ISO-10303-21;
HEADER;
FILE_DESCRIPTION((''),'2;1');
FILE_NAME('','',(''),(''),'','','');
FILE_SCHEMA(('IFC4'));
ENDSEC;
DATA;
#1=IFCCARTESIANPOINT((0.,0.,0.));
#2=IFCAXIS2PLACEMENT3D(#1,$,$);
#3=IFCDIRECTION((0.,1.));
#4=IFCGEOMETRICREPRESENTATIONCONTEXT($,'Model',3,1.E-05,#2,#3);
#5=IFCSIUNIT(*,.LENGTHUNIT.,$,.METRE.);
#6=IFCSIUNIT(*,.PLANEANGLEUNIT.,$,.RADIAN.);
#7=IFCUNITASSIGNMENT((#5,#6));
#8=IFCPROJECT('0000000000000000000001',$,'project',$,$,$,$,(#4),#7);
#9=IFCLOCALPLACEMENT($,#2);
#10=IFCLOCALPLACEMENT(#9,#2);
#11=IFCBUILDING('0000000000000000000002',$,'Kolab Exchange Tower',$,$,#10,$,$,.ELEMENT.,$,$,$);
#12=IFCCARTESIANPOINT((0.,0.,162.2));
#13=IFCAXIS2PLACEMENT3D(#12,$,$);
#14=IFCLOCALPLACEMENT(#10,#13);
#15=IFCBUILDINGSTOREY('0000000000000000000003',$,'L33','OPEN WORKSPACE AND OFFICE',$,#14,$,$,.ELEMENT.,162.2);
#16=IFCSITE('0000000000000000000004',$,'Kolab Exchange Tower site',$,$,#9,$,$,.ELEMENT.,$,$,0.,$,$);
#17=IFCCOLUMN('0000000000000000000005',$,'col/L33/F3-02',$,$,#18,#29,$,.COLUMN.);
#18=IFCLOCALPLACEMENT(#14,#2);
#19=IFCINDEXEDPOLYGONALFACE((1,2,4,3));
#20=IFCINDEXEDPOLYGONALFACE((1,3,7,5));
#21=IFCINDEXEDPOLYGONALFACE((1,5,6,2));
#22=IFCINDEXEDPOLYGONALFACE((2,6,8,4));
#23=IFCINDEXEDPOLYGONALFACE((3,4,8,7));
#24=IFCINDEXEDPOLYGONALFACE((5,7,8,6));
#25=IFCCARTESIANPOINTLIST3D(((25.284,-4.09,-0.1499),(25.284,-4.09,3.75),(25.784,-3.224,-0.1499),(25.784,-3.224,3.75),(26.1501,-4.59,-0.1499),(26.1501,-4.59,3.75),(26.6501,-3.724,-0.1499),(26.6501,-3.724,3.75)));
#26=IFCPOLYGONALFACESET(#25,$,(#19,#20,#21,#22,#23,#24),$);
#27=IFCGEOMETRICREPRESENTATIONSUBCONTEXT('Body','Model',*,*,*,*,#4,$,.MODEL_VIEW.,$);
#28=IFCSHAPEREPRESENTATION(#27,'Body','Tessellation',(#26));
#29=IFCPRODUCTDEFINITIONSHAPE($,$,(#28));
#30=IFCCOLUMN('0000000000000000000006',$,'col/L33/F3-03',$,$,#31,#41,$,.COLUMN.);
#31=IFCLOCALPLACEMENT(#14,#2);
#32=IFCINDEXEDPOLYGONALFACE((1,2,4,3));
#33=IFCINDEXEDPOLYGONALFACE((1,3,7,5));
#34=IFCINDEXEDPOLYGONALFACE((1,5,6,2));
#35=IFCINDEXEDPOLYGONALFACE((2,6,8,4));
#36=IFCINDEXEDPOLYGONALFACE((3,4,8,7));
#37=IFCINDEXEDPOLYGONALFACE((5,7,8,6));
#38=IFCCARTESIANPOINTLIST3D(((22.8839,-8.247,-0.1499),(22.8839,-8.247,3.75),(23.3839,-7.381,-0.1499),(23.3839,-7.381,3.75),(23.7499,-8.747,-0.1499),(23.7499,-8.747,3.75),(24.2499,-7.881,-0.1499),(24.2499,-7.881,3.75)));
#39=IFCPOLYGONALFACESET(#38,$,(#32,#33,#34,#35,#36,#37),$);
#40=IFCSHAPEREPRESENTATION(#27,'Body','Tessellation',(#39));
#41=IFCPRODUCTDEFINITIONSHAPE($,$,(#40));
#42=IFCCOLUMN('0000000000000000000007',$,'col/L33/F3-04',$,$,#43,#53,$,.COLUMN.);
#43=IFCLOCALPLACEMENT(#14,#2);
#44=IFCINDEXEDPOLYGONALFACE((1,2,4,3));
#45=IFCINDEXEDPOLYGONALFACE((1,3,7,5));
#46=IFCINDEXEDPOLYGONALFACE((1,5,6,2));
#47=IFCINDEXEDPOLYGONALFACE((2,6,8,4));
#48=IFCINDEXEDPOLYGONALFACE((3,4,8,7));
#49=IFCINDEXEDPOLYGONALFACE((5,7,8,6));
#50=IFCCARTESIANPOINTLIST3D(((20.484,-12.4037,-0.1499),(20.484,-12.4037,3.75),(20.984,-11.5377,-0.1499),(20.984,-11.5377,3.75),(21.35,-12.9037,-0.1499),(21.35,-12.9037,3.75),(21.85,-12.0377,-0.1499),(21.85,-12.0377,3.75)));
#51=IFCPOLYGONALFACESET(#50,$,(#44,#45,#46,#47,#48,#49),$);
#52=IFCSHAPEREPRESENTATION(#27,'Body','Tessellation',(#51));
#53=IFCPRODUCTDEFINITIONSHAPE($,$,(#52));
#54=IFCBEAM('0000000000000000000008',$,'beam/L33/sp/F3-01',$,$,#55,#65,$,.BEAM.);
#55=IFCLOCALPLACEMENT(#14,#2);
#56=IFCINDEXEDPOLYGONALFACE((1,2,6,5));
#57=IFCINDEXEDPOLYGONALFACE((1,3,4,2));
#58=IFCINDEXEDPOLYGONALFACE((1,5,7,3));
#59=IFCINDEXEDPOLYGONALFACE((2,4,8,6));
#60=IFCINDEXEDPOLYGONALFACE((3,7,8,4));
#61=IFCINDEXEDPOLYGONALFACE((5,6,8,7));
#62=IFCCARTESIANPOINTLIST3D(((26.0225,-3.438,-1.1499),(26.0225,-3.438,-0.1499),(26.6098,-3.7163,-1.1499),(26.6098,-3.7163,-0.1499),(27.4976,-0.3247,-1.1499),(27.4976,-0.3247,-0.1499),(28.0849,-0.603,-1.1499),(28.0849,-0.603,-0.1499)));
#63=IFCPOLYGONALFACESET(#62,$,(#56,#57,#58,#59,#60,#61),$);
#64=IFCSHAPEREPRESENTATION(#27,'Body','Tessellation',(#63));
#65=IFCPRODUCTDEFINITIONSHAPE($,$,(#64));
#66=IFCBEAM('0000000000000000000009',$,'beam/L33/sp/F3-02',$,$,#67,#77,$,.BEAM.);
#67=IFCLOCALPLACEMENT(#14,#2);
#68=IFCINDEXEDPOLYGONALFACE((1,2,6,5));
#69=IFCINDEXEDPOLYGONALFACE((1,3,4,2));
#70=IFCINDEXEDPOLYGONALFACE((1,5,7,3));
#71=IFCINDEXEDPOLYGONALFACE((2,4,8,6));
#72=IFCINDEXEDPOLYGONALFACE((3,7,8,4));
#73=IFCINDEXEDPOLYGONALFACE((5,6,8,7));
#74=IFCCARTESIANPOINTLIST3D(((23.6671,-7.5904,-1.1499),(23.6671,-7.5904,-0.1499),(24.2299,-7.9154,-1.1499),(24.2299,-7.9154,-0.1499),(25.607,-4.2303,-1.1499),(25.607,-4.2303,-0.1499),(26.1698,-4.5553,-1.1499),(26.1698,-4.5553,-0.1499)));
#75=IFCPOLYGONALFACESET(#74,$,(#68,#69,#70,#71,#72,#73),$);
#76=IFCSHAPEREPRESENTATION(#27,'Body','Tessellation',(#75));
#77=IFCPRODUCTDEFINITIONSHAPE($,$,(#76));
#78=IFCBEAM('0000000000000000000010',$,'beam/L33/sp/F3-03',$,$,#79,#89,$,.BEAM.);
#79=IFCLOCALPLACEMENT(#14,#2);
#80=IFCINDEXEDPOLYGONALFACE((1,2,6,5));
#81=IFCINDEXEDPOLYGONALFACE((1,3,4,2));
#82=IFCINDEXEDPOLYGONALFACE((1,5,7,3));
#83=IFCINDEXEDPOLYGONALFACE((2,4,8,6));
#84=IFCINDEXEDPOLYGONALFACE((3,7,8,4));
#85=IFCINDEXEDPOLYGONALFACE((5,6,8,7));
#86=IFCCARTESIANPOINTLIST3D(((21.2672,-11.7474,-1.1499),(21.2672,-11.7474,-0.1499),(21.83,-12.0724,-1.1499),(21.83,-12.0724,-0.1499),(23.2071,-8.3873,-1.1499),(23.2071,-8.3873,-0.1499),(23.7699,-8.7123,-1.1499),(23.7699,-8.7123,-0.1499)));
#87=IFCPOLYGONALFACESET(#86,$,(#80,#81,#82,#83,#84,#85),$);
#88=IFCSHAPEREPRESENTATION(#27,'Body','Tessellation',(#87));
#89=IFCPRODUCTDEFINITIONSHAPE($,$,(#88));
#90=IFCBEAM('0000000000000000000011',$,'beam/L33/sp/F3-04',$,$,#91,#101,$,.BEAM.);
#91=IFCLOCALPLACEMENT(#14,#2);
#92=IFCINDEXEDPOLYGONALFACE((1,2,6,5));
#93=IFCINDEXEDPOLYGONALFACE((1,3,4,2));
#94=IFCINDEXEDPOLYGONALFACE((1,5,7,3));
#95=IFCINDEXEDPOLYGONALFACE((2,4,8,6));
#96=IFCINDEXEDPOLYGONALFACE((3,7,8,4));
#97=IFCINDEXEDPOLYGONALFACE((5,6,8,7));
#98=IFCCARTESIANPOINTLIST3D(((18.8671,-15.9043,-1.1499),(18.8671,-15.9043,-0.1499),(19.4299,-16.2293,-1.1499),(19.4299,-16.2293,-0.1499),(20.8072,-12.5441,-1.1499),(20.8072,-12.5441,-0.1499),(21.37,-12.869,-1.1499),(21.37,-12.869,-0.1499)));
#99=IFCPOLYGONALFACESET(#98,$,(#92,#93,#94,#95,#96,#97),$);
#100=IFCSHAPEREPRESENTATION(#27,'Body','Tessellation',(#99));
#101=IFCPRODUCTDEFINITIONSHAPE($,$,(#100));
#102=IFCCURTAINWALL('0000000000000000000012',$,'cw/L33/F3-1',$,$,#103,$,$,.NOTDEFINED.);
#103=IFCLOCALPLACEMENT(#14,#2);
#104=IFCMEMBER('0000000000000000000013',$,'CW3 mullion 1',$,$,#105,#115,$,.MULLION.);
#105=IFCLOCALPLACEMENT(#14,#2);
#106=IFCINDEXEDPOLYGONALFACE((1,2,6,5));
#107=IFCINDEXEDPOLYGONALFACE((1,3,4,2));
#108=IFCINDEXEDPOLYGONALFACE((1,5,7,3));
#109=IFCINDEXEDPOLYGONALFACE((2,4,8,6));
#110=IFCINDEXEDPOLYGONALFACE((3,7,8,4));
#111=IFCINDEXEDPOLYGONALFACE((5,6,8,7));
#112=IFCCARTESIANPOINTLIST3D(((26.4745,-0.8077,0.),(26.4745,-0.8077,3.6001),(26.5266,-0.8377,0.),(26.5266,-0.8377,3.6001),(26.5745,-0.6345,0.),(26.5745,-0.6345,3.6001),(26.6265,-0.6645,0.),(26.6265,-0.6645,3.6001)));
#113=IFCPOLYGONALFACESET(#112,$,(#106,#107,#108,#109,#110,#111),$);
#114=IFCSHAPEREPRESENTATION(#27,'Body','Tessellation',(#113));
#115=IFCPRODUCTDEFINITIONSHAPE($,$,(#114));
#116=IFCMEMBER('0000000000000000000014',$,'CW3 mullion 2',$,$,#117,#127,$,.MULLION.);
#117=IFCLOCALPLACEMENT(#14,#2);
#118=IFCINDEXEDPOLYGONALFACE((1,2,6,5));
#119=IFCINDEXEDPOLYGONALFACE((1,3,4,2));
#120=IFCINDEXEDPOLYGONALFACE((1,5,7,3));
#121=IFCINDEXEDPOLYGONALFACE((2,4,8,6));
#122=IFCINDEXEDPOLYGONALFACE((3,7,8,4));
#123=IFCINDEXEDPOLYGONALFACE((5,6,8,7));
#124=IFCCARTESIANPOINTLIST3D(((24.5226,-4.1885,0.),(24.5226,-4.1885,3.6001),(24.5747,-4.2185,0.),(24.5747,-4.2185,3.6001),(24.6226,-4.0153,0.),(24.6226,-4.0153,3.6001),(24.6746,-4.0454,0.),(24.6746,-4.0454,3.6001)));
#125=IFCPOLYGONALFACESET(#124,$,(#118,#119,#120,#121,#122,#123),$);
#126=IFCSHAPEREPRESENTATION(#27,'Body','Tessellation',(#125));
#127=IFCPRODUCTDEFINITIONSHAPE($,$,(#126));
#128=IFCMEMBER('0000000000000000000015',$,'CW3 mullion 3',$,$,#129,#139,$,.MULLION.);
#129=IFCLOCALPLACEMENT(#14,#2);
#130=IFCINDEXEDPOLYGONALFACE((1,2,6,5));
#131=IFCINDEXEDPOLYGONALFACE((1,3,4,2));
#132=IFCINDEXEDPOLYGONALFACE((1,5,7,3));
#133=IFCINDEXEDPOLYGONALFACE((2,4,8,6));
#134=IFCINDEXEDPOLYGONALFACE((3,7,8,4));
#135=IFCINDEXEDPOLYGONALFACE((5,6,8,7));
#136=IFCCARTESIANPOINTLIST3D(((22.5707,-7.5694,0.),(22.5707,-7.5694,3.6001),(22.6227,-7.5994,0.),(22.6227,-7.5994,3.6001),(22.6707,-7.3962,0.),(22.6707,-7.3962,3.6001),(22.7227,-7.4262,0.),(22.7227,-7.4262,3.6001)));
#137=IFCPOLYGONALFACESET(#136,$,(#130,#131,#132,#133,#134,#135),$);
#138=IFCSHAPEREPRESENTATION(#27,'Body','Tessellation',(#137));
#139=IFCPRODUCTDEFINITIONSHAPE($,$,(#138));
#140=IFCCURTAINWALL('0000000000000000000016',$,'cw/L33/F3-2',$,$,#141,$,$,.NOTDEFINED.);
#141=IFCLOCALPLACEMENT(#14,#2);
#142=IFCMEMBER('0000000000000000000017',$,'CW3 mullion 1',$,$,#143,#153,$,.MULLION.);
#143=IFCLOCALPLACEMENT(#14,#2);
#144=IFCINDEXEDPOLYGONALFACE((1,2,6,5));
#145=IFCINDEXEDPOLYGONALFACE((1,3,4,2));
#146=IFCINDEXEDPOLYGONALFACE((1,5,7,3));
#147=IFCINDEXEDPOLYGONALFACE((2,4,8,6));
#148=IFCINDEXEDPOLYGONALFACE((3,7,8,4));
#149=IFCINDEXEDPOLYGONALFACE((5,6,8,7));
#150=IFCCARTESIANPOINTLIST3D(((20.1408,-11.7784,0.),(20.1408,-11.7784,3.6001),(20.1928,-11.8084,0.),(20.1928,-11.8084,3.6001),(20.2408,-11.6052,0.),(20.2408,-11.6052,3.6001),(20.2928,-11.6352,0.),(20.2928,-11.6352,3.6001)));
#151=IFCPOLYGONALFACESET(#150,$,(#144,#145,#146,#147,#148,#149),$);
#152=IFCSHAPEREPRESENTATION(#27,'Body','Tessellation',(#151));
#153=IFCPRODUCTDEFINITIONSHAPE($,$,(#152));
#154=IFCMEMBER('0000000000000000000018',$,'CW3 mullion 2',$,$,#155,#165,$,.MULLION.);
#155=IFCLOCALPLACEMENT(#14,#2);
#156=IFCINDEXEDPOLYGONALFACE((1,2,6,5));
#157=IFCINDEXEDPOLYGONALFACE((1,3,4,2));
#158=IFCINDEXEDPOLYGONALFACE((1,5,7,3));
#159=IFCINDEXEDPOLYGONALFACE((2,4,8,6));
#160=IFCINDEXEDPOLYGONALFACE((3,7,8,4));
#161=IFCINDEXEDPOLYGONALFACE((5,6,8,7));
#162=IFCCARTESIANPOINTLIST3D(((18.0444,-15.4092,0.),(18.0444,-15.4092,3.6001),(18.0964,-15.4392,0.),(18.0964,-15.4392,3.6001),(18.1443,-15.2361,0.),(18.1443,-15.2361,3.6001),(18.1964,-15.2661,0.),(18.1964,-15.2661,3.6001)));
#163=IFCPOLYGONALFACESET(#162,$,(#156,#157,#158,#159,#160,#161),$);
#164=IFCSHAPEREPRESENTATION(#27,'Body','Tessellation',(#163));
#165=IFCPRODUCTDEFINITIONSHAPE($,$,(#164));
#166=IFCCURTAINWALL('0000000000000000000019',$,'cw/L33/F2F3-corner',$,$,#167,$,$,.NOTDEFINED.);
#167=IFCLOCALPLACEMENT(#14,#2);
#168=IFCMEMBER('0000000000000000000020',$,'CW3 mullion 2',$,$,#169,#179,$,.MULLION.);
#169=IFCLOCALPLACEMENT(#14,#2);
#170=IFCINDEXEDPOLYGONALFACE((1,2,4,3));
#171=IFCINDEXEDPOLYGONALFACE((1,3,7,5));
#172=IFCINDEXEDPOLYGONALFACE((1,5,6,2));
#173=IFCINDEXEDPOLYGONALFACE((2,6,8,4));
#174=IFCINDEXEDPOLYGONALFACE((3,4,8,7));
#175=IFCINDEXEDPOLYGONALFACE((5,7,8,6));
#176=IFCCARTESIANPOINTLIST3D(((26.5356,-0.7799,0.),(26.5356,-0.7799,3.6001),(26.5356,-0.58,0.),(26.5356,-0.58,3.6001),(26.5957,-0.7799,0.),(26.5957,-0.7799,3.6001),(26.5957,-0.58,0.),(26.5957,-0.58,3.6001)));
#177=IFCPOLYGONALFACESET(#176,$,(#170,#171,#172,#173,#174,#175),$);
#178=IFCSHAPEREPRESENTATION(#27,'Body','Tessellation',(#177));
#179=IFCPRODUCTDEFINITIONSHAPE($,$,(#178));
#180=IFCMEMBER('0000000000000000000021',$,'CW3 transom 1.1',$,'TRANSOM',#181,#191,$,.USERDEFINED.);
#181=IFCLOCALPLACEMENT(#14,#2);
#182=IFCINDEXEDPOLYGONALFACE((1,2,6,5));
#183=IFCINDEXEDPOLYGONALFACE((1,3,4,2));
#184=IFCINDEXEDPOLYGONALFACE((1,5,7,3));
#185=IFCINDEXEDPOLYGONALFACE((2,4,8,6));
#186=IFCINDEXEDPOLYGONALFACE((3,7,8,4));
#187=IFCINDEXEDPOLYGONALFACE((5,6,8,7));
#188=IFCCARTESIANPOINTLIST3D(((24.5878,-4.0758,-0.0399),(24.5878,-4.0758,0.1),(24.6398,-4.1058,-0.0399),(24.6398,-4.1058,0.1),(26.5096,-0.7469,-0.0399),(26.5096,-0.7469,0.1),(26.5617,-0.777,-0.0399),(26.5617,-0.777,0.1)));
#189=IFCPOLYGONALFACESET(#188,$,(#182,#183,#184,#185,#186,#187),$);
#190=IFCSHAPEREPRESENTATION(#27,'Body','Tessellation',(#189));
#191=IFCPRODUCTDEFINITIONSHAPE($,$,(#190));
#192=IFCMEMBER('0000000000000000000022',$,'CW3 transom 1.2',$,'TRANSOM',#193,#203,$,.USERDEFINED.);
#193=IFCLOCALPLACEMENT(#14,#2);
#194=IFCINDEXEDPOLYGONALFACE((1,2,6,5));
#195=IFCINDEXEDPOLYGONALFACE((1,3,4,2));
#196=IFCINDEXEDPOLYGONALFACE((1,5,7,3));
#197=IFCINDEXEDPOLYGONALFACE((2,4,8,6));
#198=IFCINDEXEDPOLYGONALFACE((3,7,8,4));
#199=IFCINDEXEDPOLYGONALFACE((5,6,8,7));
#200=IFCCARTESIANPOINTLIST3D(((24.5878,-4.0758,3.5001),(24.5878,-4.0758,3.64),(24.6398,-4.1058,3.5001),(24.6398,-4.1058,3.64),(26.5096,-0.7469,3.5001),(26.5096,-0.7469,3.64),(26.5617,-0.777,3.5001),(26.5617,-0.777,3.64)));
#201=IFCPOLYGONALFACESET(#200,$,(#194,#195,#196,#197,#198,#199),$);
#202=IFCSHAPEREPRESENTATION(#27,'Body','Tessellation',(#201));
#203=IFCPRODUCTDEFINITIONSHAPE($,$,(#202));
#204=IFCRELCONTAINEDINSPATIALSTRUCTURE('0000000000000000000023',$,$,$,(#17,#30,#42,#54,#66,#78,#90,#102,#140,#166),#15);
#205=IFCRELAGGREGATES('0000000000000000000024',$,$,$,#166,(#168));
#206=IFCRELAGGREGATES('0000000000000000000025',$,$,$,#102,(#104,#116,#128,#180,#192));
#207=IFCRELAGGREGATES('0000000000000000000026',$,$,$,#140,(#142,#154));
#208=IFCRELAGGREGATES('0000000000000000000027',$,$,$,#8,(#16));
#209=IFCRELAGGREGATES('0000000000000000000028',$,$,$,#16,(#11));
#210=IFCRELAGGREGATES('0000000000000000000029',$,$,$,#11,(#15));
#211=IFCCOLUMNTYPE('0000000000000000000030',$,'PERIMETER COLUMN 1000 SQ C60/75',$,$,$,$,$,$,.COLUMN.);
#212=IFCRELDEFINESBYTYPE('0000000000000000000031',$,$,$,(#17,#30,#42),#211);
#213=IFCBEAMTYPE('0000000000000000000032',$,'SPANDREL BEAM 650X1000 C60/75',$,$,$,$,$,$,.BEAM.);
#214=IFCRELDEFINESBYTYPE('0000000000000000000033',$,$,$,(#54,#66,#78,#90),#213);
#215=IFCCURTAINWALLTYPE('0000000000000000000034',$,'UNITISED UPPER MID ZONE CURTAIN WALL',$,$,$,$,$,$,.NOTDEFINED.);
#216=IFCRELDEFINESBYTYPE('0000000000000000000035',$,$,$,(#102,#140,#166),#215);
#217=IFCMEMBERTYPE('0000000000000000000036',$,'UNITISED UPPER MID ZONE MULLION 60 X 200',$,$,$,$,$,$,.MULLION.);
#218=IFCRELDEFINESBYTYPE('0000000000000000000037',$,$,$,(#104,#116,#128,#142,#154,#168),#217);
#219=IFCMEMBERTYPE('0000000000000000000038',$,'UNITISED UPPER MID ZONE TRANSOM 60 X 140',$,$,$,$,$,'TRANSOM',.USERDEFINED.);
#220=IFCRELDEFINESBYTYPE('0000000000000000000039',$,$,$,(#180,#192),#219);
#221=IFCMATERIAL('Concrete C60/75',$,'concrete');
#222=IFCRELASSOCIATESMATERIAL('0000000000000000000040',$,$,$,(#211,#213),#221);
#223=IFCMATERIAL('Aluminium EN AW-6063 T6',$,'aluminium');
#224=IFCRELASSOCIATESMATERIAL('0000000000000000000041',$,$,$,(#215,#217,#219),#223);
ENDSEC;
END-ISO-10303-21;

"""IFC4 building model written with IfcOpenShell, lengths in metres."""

from ifc_helpers import new_model, si_unit, direction, frame, origin, origin_2d, place, context, subcontext, project, spatial, rectangle, extrude, material, material_profile, profile_set, type_object, element, aggregate, save


model = new_model("IFC4")

# Units and contexts
model_context = context("Model", 3, precision=1e-05, world=origin(), true_north=direction((0.0, 1.0)))
body_context = subcontext(model_context, "Body", "Model", "MODEL_VIEW")
ifc_project = project(units=[si_unit("LENGTHUNIT", "METRE"), si_unit("PLANEANGLEUNIT", "RADIAN")], contexts=[model_context])

# Site, building, storey
site_placement = place(None, origin())
site = spatial("IfcSite", under=ifc_project, at=site_placement, Name="Kolab Exchange Tower site", CompositionType="ELEMENT", RefElevation=0.0)
building_placement = place(site_placement, origin())
building = spatial("IfcBuilding", under=site, at=building_placement, Name="Kolab Exchange Tower", CompositionType="ELEMENT")
storey_placement = place(building_placement, frame((0.0, 0.0, 162.2)))
storey = spatial("IfcBuildingStorey", under=building, at=storey_placement, Name="L33", Description="OPEN WORKSPACE AND OFFICE", CompositionType="ELEMENT", Elevation=162.2)

# Columns
ifc_material_1 = material(Name="Concrete C60/75", Category="concrete")
ifc_material_profile_1 = material_profile(ifc_material_1, rectangle(XDim=1.0, YDim=1.0, at=origin_2d()), Name="RC1000")
ifc_profile_set_1 = profile_set([ifc_material_profile_1], Name="Concrete C60/75")
column_type = type_object("IfcColumnType", Name="PERIMETER COLUMN 1000 SQ C60/75", PredefinedType="COLUMN", material=ifc_profile_set_1)
for number, where, z_axis, x_axis, name in (
    (1, (25.967, -3.907, -0.1499), (0.0, 0.0, 1.0), (0.5, 0.866025, 0.0), "col/L33/F3-02"),
    (2, (23.5669, -8.064, -0.1499), (0.0, 0.0, 1.0), (0.5, 0.866025, 0.0), "col/L33/F3-03"),
    (3, (21.167, -12.2207, -0.1499), (0.0, 0.0, 1.0), (0.5, 0.866025, 0.0), "col/L33/F3-04"),
):
    element("IfcColumn", number, at=place(storey_placement, frame(where, z_axis=z_axis, x_axis=x_axis)), inside=storey, type_object=column_type, Name=name, PredefinedType="COLUMN", context=body_context, shape_type="SweptSolid", body=[
        extrude(rectangle(XDim=1.0, YDim=1.0, at=origin_2d()), origin(), (0.0, 0.0, 1.0), 3.8999),
    ])

# Beams
ifc_material_profile_2 = material_profile(ifc_material_1, rectangle(XDim=0.6499, YDim=1.0, at=origin_2d()), Name="RC650X1000")
ifc_profile_set_2 = profile_set([ifc_material_profile_2], Name="Concrete C60/75")
beam_type = type_object("IfcBeamType", Name="SPANDREL BEAM 650X1000 C60/75", PredefinedType="BEAM", material=ifc_profile_set_2)
beam_1_placement = place(storey_placement, frame((27.7913, -0.4639, -0.6499), z_axis=(-0.428178, -0.903695, 0.0), x_axis=(0.903695, -0.428178, 0.0)))
element("IfcBeam", 4, at=beam_1_placement, inside=storey, type_object=beam_type, Name="beam/L33/sp/F3-01", PredefinedType="BEAM", context=body_context, shape_type="SweptSolid", body=[
    extrude(rectangle(XDim=0.6499, YDim=1.0, at=origin_2d()), origin(), (0.0, 0.0, 1.0), 3.4451),
])
for number, where, z_axis, x_axis, name in (
    (5, (25.8884, -4.3928, -0.6499), (-0.499997, -0.866027, 0.0), (0.866027, -0.499997, 0.0), "beam/L33/sp/F3-02"),
    (6, (23.4885, -8.5498, -0.6499), (-0.499997, -0.866027, 0.0), (0.866027, -0.499997, 0.0), "beam/L33/sp/F3-03"),
):
    element("IfcBeam", number, at=place(storey_placement, frame(where, z_axis=z_axis, x_axis=x_axis)), inside=storey, type_object=beam_type, Name=name, PredefinedType="BEAM", context=body_context, shape_type="SweptSolid", body=[
        extrude(rectangle(XDim=0.6499, YDim=1.0, at=origin_2d()), origin(), (0.0, 0.0, 1.0), 3.8799),
    ])
beam_2_placement = place(storey_placement, frame((21.0886, -12.7065, -0.6499), z_axis=(-0.500017, -0.866016, 0.0), x_axis=(0.866016, -0.500017, 0.0)))
element("IfcBeam", 7, at=beam_2_placement, inside=storey, type_object=beam_type, Name="beam/L33/sp/F3-04", PredefinedType="BEAM", context=body_context, shape_type="SweptSolid", body=[
    extrude(rectangle(XDim=0.6499, YDim=1.0, at=origin_2d()), origin(), (0.0, 0.0, 1.0), 3.8801),
])

# Curtain walls, members
ifc_material_2 = material(Name="Aluminium EN AW-6063 T6", Category="aluminium")
curtain_wall_type = type_object("IfcCurtainWallType", Name="UNITISED UPPER MID ZONE CURTAIN WALL", PredefinedType="NOTDEFINED", material=ifc_material_2)
curtain_wall_1_placement = place(storey_placement, origin())
curtain_wall_1 = element("IfcCurtainWall", 8, at=curtain_wall_1_placement, inside=storey, type_object=curtain_wall_type, Name="cw/L33/F3-1", PredefinedType="NOTDEFINED")
ifc_material_profile_3 = material_profile(ifc_material_2, rectangle(XDim=0.0601, YDim=0.2, at=origin_2d()), Name="RECT 60X200")
ifc_profile_set_3 = profile_set([ifc_material_profile_3], Name="Aluminium EN AW-6063 T6")
member_type_1 = type_object("IfcMemberType", Name="UNITISED UPPER MID ZONE MULLION 60 X 200", PredefinedType="MULLION", material=ifc_profile_set_3)
member_1_placement = place(storey_placement, frame((26.5505, -0.7361, 0.0), z_axis=(0.0, 0.0, 1.0), x_axis=(0.866025, -0.5, 0.0)))
member_1 = element("IfcMember", 9, at=member_1_placement, type_object=member_type_1, Name="CW3 mullion 1", PredefinedType="MULLION", context=body_context, shape_type="SweptSolid", body=[
    extrude(rectangle(XDim=0.0601, YDim=0.2, at=origin_2d()), origin(), (0.0, 0.0, 1.0), 3.6001),
])
member_2_placement = place(storey_placement, frame((24.5986, -4.1169, 0.0), z_axis=(0.0, 0.0, 1.0), x_axis=(0.866025, -0.5, 0.0)))
member_2 = element("IfcMember", 10, at=member_2_placement, type_object=member_type_1, Name="CW3 mullion 2", PredefinedType="MULLION", context=body_context, shape_type="SweptSolid", body=[
    extrude(rectangle(XDim=0.0601, YDim=0.2, at=origin_2d()), origin(), (0.0, 0.0, 1.0), 3.6001),
])
member_3_placement = place(storey_placement, frame((22.6467, -7.4978, 0.0), z_axis=(0.0, 0.0, 1.0), x_axis=(0.866025, -0.5, 0.0)))
member_3 = element("IfcMember", 11, at=member_3_placement, type_object=member_type_1, Name="CW3 mullion 3", PredefinedType="MULLION", context=body_context, shape_type="SweptSolid", body=[
    extrude(rectangle(XDim=0.0601, YDim=0.2, at=origin_2d()), origin(), (0.0, 0.0, 1.0), 3.6001),
])
curtain_wall_2_placement = place(storey_placement, origin())
curtain_wall_2 = element("IfcCurtainWall", 12, at=curtain_wall_2_placement, inside=storey, type_object=curtain_wall_type, Name="cw/L33/F3-2", PredefinedType="NOTDEFINED")
member_4_placement = place(storey_placement, frame((20.2168, -11.7068, 0.0), z_axis=(0.0, 0.0, 1.0), x_axis=(0.866025, -0.5, 0.0)))
member_4 = element("IfcMember", 13, at=member_4_placement, type_object=member_type_1, Name="CW3 mullion 1", PredefinedType="MULLION", context=body_context, shape_type="SweptSolid", body=[
    extrude(rectangle(XDim=0.0601, YDim=0.2, at=origin_2d()), origin(), (0.0, 0.0, 1.0), 3.6001),
])
member_5_placement = place(storey_placement, frame((18.1204, -15.3376, 0.0), z_axis=(0.0, 0.0, 1.0), x_axis=(0.866025, -0.5, 0.0)))
member_5 = element("IfcMember", 14, at=member_5_placement, type_object=member_type_1, Name="CW3 mullion 2", PredefinedType="MULLION", context=body_context, shape_type="SweptSolid", body=[
    extrude(rectangle(XDim=0.0601, YDim=0.2, at=origin_2d()), origin(), (0.0, 0.0, 1.0), 3.6001),
])

# Curtain wall, member
curtain_wall_3_placement = place(storey_placement, origin())
curtain_wall_3 = element("IfcCurtainWall", 15, at=curtain_wall_3_placement, inside=storey, type_object=curtain_wall_type, Name="cw/L33/F2F3-corner", PredefinedType="NOTDEFINED")
member_6_placement = place(storey_placement, frame((26.5657, -0.6799, 0.0), z_axis=(0.0, 0.0, 1.0), x_axis=(1.0, 0.0, 0.0)))
member_6 = element("IfcMember", 16, at=member_6_placement, type_object=member_type_1, Name="CW3 mullion 2", PredefinedType="MULLION", context=body_context, shape_type="SweptSolid", body=[
    extrude(rectangle(XDim=0.0601, YDim=0.2, at=origin_2d()), origin(), (0.0, 0.0, 1.0), 3.6001),
])
aggregate(curtain_wall_3, [member_6])

# Members
ifc_material_profile_4 = material_profile(ifc_material_2, rectangle(XDim=0.0601, YDim=0.1399, at=origin_2d()), Name="RECT 60X140")
ifc_profile_set_4 = profile_set([ifc_material_profile_4], Name="Aluminium EN AW-6063 T6")
member_type_2 = type_object("IfcMemberType", Name="UNITISED UPPER MID ZONE TRANSOM 60 X 140", ElementType="TRANSOM", PredefinedType="USERDEFINED", material=ifc_profile_set_4)
member_7_placement = place(storey_placement, frame((26.5356, -0.762, 0.03), z_axis=(-0.499992, -0.86603, 0.0), x_axis=(0.86603, -0.499992, 0.0)))
member_7 = element("IfcMember", 17, at=member_7_placement, type_object=member_type_2, Name="CW3 transom 1.1", ObjectType="TRANSOM", PredefinedType="USERDEFINED", context=body_context, shape_type="SweptSolid", body=[
    extrude(rectangle(XDim=0.0601, YDim=0.1399, at=origin_2d()), origin(), (0.0, 0.0, 1.0), 3.8438),
])
member_8_placement = place(storey_placement, frame((26.5356, -0.762, 3.5701), z_axis=(-0.499992, -0.86603, 0.0), x_axis=(0.86603, -0.499992, 0.0)))
member_8 = element("IfcMember", 18, at=member_8_placement, type_object=member_type_2, Name="CW3 transom 1.2", ObjectType="TRANSOM", PredefinedType="USERDEFINED", context=body_context, shape_type="SweptSolid", body=[
    extrude(rectangle(XDim=0.0601, YDim=0.1399, at=origin_2d()), origin(), (0.0, 0.0, 1.0), 3.8438),
])

aggregate(curtain_wall_1, [member_1, member_2, member_3, member_7, member_8])
aggregate(curtain_wall_2, [member_4, member_5])

save(model, "model.ifc")
